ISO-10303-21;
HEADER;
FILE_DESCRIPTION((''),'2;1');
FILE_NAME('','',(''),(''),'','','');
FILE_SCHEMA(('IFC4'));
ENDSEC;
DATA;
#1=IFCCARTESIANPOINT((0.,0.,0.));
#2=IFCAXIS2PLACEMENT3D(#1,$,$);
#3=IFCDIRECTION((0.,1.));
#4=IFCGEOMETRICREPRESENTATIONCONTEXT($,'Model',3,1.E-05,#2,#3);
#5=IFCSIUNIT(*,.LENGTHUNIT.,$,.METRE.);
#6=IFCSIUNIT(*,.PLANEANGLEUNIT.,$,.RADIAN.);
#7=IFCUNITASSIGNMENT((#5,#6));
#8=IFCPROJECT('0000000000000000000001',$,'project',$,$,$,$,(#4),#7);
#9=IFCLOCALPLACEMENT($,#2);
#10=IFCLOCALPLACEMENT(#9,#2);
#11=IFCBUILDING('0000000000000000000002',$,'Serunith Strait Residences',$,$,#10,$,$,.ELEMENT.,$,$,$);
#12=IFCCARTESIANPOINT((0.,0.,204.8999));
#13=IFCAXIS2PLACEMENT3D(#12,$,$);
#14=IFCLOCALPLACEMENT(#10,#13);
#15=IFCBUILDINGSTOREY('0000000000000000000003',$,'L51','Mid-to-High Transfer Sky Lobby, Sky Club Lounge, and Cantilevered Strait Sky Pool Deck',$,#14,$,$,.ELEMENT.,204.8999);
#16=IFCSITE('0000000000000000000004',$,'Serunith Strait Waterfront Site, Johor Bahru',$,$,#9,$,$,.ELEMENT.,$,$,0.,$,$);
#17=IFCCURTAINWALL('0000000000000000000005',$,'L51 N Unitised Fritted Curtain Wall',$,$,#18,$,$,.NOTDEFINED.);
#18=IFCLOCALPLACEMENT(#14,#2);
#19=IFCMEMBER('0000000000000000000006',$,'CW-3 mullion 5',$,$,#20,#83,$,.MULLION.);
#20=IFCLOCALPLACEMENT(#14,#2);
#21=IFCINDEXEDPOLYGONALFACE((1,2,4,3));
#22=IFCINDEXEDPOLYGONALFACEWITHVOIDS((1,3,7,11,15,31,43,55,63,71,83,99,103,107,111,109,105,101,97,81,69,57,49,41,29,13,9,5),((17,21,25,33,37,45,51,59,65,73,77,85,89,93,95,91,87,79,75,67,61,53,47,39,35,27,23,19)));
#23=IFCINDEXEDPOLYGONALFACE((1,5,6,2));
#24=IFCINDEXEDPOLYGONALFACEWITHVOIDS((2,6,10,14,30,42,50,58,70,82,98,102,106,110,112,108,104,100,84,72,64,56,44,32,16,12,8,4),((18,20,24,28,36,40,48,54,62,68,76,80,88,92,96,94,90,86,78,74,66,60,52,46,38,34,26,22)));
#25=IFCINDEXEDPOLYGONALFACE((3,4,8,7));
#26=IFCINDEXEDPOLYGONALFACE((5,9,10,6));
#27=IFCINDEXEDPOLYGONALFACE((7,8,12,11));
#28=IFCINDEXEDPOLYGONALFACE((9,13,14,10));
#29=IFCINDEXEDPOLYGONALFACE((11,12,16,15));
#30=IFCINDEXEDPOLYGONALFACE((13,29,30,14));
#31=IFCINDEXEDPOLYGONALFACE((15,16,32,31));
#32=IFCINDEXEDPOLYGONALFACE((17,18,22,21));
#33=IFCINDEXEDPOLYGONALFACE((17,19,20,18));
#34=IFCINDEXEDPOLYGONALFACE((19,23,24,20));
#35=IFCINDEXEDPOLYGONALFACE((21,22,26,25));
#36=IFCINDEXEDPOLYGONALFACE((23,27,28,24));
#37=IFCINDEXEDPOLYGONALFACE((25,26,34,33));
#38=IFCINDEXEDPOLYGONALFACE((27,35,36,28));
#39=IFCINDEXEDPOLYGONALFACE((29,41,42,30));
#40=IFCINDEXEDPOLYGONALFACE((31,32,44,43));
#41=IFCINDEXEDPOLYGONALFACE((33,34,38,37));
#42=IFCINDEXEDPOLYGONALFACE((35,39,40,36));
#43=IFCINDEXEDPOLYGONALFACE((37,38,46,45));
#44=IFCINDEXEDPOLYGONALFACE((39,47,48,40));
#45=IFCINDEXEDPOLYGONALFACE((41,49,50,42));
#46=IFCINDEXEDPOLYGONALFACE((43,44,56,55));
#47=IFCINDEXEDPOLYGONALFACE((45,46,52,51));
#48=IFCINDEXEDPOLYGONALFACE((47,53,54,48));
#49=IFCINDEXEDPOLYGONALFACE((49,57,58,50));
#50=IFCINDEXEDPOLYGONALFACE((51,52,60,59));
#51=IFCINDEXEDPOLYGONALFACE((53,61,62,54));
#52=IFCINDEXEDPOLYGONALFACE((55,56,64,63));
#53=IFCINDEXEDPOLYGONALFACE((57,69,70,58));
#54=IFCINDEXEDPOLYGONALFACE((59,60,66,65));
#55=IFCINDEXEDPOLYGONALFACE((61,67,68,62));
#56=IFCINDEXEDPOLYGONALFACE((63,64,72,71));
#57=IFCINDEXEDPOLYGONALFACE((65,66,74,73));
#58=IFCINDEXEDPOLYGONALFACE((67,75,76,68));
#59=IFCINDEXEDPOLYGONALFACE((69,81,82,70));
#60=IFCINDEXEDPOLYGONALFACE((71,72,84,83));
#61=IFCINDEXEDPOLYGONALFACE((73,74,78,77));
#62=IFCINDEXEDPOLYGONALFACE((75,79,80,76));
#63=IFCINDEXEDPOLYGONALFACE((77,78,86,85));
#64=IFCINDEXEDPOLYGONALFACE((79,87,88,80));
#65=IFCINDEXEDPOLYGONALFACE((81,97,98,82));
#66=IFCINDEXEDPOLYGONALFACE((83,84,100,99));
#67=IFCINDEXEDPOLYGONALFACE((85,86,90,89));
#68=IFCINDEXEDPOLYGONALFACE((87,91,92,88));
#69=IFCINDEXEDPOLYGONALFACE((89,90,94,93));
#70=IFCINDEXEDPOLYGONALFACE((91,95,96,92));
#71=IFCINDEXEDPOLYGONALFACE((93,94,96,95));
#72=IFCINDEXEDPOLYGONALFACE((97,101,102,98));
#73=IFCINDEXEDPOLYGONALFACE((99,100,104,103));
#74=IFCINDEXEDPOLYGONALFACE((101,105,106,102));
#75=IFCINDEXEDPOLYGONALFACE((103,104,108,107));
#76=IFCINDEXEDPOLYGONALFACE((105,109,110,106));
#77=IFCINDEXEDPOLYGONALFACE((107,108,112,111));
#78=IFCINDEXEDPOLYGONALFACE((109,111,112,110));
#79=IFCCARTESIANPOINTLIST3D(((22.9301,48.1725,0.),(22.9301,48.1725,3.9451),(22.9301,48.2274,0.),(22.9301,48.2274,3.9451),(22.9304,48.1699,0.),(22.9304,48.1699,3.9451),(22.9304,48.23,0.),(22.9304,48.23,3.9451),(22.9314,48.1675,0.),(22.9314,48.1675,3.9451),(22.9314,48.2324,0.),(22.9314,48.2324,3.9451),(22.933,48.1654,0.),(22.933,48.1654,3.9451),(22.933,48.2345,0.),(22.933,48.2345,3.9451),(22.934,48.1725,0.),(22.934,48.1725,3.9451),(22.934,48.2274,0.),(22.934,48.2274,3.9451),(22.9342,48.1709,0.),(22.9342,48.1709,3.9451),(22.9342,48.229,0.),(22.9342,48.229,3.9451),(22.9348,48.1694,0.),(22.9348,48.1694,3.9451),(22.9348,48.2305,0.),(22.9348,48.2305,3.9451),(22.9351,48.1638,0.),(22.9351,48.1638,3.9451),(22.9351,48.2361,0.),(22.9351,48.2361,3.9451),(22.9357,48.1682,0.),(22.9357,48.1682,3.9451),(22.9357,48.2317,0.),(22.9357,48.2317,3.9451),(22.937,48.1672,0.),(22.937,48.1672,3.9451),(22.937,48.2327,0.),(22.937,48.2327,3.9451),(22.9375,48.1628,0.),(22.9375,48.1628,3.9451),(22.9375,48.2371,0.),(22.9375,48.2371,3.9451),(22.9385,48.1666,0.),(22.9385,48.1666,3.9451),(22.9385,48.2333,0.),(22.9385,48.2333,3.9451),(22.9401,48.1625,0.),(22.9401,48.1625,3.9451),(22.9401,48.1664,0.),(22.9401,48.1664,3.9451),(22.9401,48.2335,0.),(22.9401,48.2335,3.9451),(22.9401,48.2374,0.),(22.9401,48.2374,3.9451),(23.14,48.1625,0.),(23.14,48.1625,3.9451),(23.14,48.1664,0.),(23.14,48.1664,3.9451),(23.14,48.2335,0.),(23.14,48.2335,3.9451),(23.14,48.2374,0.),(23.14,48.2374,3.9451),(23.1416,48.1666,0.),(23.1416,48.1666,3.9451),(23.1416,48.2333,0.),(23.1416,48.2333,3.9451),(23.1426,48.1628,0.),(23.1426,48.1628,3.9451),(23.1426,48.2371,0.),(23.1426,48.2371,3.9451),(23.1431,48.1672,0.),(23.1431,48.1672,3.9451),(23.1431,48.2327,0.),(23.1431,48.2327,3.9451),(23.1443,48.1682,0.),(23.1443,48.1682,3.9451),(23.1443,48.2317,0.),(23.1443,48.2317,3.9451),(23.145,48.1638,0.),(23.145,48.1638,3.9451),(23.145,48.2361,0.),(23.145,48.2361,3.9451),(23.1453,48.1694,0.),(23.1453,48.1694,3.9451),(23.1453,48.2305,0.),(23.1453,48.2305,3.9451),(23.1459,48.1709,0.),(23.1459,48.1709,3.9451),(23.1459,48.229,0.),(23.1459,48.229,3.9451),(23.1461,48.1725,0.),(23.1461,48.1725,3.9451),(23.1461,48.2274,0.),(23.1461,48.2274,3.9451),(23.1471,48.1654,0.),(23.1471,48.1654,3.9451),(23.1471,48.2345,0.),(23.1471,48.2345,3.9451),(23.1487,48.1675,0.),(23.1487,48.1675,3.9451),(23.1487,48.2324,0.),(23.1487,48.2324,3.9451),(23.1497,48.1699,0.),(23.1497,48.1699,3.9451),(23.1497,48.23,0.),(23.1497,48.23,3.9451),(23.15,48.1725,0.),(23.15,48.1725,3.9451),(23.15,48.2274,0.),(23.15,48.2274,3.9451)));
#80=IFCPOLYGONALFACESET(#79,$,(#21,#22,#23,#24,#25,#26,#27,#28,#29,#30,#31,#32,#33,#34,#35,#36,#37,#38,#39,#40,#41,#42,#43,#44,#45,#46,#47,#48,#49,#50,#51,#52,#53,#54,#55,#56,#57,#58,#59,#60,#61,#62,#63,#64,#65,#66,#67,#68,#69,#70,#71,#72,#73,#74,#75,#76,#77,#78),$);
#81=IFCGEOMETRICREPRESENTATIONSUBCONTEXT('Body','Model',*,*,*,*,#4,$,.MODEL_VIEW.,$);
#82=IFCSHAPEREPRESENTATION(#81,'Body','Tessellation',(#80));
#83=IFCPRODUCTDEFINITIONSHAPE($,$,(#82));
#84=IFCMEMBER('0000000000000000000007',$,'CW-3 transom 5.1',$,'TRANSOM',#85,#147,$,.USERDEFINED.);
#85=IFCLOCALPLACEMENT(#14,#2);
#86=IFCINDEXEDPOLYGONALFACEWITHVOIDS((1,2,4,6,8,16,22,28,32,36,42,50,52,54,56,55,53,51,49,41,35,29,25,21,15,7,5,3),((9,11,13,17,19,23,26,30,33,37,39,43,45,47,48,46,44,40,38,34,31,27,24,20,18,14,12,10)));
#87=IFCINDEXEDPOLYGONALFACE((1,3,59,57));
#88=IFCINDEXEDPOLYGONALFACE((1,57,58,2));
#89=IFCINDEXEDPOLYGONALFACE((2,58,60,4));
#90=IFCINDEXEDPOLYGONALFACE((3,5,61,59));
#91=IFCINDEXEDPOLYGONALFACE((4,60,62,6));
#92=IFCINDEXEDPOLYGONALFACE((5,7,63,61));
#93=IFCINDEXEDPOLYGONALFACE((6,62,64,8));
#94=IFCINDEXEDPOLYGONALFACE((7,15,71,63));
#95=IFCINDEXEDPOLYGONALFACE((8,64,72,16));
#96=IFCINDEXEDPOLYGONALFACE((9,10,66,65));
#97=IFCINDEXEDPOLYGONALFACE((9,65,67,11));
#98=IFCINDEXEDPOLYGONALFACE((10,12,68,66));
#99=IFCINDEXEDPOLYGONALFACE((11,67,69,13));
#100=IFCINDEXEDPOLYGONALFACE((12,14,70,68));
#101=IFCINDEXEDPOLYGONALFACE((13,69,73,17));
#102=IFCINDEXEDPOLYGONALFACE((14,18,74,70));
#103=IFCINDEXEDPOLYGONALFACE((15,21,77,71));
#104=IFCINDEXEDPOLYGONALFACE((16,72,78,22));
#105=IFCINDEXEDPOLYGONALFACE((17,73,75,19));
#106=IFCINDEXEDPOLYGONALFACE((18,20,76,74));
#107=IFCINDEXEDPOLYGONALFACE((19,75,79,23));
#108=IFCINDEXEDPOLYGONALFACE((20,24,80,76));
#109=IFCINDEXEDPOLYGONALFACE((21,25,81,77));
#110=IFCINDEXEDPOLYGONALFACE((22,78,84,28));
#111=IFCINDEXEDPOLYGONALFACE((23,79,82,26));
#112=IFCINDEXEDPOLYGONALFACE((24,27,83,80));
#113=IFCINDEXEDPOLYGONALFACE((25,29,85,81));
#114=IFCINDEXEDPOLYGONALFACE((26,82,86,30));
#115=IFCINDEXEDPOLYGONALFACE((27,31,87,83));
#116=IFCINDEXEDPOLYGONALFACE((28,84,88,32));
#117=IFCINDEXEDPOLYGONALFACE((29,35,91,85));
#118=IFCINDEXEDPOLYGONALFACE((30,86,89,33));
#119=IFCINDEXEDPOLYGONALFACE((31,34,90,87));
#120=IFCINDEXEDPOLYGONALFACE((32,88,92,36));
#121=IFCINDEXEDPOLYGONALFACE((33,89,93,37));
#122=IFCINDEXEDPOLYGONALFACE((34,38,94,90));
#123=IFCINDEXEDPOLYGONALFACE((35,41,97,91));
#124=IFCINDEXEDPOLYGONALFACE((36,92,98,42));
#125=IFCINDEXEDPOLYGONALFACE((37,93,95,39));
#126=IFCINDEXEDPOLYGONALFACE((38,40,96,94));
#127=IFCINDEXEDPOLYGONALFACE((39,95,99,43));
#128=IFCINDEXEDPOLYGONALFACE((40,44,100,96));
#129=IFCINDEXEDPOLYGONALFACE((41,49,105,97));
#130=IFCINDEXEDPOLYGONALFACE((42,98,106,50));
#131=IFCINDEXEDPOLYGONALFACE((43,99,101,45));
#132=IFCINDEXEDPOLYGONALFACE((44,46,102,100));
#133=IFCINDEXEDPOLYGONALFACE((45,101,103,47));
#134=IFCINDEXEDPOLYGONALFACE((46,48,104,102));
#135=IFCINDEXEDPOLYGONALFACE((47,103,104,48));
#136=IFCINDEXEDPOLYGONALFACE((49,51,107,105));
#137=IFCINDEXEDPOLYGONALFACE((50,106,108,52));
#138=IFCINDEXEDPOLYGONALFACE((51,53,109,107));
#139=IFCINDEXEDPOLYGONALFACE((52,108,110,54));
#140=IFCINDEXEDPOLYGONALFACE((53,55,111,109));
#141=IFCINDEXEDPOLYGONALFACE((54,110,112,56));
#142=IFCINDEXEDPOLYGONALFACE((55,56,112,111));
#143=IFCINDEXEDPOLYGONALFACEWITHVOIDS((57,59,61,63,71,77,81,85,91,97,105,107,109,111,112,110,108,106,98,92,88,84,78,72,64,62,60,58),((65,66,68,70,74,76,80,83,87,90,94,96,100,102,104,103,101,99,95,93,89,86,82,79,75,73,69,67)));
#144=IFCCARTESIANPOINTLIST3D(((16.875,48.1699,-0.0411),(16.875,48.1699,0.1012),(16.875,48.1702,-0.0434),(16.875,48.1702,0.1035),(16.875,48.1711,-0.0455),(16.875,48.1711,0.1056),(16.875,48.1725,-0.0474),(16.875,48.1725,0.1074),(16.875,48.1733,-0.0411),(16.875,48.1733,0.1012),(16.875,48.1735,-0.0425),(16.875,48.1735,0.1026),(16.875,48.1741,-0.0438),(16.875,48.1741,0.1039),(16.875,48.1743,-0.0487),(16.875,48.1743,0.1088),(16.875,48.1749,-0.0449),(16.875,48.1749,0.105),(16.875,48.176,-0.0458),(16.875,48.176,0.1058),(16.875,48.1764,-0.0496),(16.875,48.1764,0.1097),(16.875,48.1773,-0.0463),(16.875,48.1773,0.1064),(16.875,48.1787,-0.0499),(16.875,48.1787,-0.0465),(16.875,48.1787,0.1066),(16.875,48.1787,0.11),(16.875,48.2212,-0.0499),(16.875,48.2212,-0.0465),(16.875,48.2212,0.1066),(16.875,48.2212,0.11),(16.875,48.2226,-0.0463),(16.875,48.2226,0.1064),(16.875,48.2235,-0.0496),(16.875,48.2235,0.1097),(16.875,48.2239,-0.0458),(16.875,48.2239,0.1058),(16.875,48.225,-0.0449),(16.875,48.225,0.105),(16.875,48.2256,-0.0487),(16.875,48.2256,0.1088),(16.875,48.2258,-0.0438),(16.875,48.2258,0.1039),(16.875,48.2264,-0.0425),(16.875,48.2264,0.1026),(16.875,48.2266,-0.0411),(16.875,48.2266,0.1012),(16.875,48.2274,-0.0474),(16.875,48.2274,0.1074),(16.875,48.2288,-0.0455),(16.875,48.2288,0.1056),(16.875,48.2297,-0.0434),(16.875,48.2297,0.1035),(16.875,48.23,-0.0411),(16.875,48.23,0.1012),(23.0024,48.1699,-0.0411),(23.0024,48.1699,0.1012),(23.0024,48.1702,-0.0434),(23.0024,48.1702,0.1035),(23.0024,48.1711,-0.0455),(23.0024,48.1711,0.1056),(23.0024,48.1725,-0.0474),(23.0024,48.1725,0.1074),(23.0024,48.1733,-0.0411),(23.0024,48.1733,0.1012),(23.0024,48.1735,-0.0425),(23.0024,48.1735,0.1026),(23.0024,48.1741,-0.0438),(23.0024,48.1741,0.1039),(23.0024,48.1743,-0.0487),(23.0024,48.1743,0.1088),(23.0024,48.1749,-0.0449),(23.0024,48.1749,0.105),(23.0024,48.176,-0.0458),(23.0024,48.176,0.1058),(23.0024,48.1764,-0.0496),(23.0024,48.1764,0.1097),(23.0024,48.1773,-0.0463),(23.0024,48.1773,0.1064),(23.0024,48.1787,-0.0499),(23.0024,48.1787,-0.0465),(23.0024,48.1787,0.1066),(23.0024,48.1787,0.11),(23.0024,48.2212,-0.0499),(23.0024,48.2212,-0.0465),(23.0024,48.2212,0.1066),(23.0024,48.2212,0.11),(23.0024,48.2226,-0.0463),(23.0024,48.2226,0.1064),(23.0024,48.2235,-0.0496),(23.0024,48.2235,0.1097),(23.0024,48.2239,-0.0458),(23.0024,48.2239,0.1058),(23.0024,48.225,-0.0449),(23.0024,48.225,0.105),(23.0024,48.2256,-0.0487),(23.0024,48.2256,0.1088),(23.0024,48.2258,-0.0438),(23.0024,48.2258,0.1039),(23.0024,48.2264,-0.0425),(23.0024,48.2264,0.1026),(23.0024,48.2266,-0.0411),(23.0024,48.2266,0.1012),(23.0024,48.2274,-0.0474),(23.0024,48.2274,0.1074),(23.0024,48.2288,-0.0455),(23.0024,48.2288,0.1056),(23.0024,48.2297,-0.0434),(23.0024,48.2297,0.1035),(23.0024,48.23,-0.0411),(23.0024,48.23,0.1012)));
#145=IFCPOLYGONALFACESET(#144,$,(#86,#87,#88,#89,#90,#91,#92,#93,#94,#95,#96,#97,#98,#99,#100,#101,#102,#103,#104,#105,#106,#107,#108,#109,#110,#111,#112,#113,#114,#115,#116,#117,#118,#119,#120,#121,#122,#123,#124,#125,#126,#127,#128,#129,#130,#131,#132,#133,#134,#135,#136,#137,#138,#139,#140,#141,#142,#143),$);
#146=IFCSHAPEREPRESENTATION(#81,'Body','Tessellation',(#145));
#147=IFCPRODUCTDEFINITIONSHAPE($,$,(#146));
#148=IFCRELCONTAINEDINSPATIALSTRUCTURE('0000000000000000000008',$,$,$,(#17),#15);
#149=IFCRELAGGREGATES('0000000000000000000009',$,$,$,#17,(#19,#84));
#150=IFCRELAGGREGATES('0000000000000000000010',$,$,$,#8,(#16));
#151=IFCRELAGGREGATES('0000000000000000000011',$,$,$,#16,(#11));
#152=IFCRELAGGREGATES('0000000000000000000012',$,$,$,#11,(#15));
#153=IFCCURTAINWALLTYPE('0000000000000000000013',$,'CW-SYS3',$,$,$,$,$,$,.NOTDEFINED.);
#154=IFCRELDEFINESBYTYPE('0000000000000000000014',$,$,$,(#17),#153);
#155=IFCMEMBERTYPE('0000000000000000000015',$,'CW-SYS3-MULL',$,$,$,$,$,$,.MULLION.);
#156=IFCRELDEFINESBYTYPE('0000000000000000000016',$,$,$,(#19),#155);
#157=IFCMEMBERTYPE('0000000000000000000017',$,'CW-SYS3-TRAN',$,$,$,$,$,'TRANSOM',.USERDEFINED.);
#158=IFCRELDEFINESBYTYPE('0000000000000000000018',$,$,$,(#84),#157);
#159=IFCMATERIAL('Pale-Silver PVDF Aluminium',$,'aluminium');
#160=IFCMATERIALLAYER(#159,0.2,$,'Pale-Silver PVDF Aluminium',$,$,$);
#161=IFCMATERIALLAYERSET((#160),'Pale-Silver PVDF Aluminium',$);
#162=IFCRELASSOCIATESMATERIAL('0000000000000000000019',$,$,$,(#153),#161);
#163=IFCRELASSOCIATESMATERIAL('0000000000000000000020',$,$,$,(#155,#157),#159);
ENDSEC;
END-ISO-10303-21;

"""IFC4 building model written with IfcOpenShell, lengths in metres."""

from ifc_helpers import new_model, si_unit, direction, frame, origin, origin_2d, place, context, subcontext, project, spatial, hollow_rectangle, extrude, source, transform, mapped, material, layer, layer_set, material_profile, profile_set, type_object, element, aggregate, save


model = new_model("IFC4")

# Units and contexts
model_context = context("Model", 3, precision=1e-05, world=origin(), true_north=direction((0.0, 1.0)))
body_context = subcontext(model_context, "Body", "Model", "MODEL_VIEW")
ifc_project = project(units=[si_unit("LENGTHUNIT", "METRE"), si_unit("PLANEANGLEUNIT", "RADIAN")], contexts=[model_context])

# Site, building, storey
site_placement = place(None, origin())
site = spatial("IfcSite", under=ifc_project, at=site_placement, Name="Serunith Strait Waterfront Site, Johor Bahru", CompositionType="ELEMENT", RefElevation=0.0)
building_placement = place(site_placement, origin())
building = spatial("IfcBuilding", under=site, at=building_placement, Name="Serunith Strait Residences", CompositionType="ELEMENT")
storey_placement = place(building_placement, frame((0.0, 0.0, 204.8999)))
storey = spatial("IfcBuildingStorey", under=building, at=storey_placement, Name="L51", Description="Mid-to-High Transfer Sky Lobby, Sky Club Lounge, and Cantilevered Strait Sky Pool Deck", CompositionType="ELEMENT", Elevation=204.8999)

# Curtain wall, members
ifc_material_1 = material(Name="Pale-Silver PVDF Aluminium", Category="aluminium")
ifc_layer_1 = layer(ifc_material_1, 0.2, Name="Pale-Silver PVDF Aluminium")
ifc_layer_set_1 = layer_set([ifc_layer_1], Name="Pale-Silver PVDF Aluminium")
curtain_wall_type = type_object("IfcCurtainWallType", Name="CW-SYS3", PredefinedType="NOTDEFINED", material=ifc_layer_set_1)
curtain_wall_placement = place(storey_placement, origin())
curtain_wall = element("IfcCurtainWall", 1, at=curtain_wall_placement, inside=storey, type_object=curtain_wall_type, Name="L51 N Unitised Fritted Curtain Wall", PredefinedType="NOTDEFINED")
ifc_material_profile_1 = material_profile(ifc_material_1, hollow_rectangle(XDim=0.075, YDim=0.22, WallThickness=0.0039, InnerFilletRadius=0.0061, OuterFilletRadius=0.01, at=origin_2d()), Name="ALU 220x75x4")
ifc_profile_set_1 = profile_set([ifc_material_profile_1], Name="Pale-Silver PVDF Aluminium")
member_type_1 = type_object("IfcMemberType", Name="CW-SYS3-MULL", PredefinedType="MULLION", material=ifc_profile_set_1)
shared_shape_1 = source(origin(), body_context, "Body", "SweptSolid", [
    extrude(hollow_rectangle(XDim=0.075, YDim=0.22, WallThickness=0.0039, InnerFilletRadius=0.0061, OuterFilletRadius=0.01, at=origin_2d()), origin(), (0.0, 0.0, 1.0), 3.9451),
])
member_1_placement = place(storey_placement, frame((23.04, 48.2, 0.0), z_axis=(0.0, 0.0, 1.0), x_axis=(0.0, -1.0, 0.0)))
member_1 = element("IfcMember", 2, at=member_1_placement, type_object=member_type_1, Name="CW-3 mullion 5", PredefinedType="MULLION", context=body_context, shape_type="MappedRepresentation", body=[
    mapped(shared_shape_1, transform((0.0, 0.0, 0.0), scale=1.0)),
])
ifc_material_profile_2 = material_profile(ifc_material_1, hollow_rectangle(XDim=0.0601, YDim=0.1599, WallThickness=0.0034, InnerFilletRadius=0.0054, OuterFilletRadius=0.0088, at=origin_2d()), Name="ALU 160x60x3.5")
ifc_profile_set_2 = profile_set([ifc_material_profile_2], Name="Pale-Silver PVDF Aluminium")
member_type_2 = type_object("IfcMemberType", Name="CW-SYS3-TRAN", ElementType="TRANSOM", PredefinedType="USERDEFINED", material=ifc_profile_set_2)
shared_shape_2 = source(origin(), body_context, "Body", "SweptSolid", [
    extrude(hollow_rectangle(XDim=0.0601, YDim=0.1599, WallThickness=0.0034, InnerFilletRadius=0.0054, OuterFilletRadius=0.0088, at=origin_2d()), origin(), (0.0, 0.0, 1.0), 6.1274),
])
member_2_placement = place(storey_placement, frame((23.0024, 48.2, 0.03), z_axis=(-1.0, 0.0, 0.0), x_axis=(0.0, -1.0, 0.0)))
member_2 = element("IfcMember", 3, at=member_2_placement, type_object=member_type_2, Name="CW-3 transom 5.1", ObjectType="TRANSOM", PredefinedType="USERDEFINED", context=body_context, shape_type="MappedRepresentation", body=[
    mapped(shared_shape_2, transform((0.0, 0.0, 0.0), scale=1.0)),
])
aggregate(curtain_wall, [member_1, member_2])

save(model, "model.ifc")
